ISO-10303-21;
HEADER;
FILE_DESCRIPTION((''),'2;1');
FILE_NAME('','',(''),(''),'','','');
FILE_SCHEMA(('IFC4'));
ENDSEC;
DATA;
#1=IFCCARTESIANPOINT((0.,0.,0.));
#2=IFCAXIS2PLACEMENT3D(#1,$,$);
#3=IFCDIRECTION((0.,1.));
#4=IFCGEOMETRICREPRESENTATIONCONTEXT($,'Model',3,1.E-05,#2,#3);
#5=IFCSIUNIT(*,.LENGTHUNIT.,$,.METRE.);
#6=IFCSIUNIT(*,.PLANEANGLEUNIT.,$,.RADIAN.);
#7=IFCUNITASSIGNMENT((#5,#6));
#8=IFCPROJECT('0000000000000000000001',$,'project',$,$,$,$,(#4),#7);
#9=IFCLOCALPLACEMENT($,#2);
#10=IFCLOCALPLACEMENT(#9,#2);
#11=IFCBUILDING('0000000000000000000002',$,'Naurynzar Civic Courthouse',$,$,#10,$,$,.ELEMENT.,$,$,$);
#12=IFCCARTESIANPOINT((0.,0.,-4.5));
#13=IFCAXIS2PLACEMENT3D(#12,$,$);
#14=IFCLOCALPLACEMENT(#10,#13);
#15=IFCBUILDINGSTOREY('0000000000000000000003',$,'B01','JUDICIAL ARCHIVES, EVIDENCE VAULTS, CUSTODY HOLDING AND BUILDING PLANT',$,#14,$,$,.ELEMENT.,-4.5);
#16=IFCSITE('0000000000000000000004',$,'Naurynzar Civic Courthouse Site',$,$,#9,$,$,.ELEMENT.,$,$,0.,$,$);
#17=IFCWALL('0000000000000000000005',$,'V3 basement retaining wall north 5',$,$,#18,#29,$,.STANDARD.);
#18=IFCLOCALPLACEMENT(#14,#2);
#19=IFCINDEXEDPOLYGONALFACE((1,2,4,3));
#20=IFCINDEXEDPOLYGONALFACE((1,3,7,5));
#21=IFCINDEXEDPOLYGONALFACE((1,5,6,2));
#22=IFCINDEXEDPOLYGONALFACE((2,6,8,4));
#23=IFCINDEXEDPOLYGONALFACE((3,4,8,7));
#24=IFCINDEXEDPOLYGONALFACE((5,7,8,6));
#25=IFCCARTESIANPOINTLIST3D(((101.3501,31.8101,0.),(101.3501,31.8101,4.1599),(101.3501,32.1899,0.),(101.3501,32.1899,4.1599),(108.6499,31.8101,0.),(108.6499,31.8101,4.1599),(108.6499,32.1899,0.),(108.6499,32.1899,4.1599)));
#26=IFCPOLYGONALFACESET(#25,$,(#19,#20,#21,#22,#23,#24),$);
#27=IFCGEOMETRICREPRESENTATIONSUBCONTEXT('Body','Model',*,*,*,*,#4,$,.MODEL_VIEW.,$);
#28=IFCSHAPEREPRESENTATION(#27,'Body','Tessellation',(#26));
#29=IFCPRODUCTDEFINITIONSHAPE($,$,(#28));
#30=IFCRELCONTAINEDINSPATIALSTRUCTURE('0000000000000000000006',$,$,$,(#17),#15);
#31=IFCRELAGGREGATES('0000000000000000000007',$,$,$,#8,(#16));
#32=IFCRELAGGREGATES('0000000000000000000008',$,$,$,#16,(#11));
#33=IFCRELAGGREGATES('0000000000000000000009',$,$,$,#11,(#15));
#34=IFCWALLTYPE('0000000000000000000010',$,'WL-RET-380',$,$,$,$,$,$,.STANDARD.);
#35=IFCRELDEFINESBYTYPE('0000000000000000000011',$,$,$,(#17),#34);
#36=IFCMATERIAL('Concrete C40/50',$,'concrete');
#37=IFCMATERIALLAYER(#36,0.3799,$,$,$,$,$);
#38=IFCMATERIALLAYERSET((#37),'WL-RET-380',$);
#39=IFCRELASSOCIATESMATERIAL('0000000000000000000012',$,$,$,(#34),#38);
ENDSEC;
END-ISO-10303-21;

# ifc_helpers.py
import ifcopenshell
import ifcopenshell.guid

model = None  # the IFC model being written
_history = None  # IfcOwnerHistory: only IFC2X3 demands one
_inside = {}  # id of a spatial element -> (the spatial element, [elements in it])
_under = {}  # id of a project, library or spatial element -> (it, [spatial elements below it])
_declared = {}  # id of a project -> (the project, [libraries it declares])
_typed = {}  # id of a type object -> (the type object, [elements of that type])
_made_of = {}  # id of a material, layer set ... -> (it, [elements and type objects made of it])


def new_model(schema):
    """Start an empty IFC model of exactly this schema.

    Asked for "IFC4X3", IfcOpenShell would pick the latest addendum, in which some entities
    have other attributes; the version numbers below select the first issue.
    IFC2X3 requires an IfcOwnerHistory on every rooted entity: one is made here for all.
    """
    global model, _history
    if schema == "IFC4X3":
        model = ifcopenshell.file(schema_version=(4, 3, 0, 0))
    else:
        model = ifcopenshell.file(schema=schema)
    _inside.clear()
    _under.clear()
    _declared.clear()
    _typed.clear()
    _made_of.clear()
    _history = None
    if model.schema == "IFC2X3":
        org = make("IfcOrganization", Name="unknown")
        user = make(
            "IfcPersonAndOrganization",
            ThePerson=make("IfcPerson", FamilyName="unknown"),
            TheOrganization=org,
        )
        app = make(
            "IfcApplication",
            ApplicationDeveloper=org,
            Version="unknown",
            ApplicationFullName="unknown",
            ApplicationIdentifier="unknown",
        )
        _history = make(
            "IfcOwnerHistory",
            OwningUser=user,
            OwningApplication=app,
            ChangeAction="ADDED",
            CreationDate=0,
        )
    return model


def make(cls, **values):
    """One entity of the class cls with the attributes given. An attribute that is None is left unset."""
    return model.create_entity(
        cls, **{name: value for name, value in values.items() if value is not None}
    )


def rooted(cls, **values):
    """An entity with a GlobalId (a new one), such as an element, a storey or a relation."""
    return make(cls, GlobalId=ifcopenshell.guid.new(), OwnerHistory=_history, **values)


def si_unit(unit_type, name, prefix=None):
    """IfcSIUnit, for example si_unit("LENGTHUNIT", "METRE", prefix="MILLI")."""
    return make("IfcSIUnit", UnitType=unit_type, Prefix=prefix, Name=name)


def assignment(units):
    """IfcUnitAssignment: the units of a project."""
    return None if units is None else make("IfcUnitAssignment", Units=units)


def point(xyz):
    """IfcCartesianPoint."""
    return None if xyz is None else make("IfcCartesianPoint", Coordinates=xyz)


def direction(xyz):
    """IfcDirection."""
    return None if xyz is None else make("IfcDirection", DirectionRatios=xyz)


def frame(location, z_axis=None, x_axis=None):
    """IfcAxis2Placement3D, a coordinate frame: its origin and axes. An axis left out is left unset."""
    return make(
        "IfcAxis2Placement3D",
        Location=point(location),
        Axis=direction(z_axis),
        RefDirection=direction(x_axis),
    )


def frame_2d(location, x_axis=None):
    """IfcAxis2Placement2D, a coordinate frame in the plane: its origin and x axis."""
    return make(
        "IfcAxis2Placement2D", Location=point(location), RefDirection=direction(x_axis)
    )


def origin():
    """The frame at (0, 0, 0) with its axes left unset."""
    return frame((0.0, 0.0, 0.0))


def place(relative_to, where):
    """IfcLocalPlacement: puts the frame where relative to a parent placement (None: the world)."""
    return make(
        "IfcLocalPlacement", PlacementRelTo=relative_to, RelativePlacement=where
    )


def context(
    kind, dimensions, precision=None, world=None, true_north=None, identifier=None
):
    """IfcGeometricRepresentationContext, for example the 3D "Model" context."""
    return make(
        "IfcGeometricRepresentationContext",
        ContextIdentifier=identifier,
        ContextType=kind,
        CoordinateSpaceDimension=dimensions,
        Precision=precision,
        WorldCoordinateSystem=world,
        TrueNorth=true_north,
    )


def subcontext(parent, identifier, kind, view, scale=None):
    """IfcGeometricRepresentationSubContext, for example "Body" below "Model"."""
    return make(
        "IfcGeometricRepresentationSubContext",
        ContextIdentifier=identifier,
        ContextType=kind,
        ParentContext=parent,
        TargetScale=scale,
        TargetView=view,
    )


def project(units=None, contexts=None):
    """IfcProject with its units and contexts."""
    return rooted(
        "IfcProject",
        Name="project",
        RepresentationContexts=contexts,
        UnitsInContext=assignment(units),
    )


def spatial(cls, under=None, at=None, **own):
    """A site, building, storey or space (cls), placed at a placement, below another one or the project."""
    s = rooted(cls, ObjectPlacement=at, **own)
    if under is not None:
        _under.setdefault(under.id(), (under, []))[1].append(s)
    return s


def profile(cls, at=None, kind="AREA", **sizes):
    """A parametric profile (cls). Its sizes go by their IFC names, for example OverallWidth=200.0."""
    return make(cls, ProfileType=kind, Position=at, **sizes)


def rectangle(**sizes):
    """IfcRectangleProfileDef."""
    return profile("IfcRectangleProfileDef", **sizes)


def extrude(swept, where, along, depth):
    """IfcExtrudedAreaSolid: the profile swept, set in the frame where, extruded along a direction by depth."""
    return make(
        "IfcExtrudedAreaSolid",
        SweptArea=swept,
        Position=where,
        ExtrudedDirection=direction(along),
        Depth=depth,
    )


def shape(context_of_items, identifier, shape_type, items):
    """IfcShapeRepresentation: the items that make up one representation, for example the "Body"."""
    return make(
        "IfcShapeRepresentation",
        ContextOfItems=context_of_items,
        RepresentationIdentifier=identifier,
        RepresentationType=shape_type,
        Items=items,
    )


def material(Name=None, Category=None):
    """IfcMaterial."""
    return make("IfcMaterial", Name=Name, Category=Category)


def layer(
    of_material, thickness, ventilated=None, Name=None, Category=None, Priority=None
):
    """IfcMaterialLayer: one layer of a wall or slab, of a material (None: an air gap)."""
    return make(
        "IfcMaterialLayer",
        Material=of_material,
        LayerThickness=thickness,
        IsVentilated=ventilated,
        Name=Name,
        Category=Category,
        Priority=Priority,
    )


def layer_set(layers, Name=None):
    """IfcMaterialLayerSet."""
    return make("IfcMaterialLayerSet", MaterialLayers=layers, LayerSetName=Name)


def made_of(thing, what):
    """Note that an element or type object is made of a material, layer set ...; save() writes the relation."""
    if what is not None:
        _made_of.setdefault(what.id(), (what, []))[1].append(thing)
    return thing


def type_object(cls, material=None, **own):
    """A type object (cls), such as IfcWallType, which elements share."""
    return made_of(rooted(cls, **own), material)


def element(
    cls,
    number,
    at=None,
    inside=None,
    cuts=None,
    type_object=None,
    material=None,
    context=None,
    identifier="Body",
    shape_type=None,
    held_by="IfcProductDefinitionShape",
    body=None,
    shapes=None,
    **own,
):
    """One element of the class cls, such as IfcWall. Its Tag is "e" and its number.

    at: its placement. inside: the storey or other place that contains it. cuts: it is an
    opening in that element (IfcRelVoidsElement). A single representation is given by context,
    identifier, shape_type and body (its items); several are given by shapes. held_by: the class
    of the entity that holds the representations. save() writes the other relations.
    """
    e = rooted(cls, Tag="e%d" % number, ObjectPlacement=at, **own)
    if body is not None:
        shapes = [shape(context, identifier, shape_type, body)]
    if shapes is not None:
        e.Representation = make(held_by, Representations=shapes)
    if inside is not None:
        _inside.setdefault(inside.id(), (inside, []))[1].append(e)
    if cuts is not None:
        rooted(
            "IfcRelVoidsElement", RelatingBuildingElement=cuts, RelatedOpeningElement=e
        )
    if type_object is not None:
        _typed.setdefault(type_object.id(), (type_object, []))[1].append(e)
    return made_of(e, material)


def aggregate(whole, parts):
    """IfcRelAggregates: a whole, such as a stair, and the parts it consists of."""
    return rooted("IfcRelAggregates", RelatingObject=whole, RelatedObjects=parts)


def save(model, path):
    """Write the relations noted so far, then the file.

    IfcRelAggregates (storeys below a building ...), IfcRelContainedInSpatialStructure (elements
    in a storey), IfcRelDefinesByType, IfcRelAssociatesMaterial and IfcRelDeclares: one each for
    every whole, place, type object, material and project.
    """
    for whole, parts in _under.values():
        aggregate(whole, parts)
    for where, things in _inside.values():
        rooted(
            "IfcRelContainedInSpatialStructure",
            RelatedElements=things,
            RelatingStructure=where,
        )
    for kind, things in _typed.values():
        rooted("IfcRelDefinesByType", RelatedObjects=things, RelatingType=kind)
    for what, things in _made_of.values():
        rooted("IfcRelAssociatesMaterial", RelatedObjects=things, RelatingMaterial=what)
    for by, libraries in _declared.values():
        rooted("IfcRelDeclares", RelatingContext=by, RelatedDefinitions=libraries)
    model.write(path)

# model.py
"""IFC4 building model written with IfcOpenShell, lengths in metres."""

from ifc_helpers import new_model, si_unit, direction, frame, frame_2d, origin, place, context, subcontext, project, spatial, rectangle, extrude, material, layer, layer_set, type_object, element, save


model = new_model("IFC4")

# Units and contexts
model_context = context("Model", 3, precision=1e-05, world=origin(), true_north=direction((0.0, 1.0)))
body_context = subcontext(model_context, "Body", "Model", "MODEL_VIEW")
ifc_project = project(units=[si_unit("LENGTHUNIT", "METRE"), si_unit("PLANEANGLEUNIT", "RADIAN")], contexts=[model_context])

# Site, building, storey
site_placement = place(None, origin())
site = spatial("IfcSite", under=ifc_project, at=site_placement, Name="Naurynzar Civic Courthouse Site", CompositionType="ELEMENT", RefElevation=0.0)
building_placement = place(site_placement, origin())
building = spatial("IfcBuilding", under=site, at=building_placement, Name="Naurynzar Civic Courthouse", CompositionType="ELEMENT")
storey_placement = place(building_placement, frame((0.0, 0.0, -4.5)))
storey = spatial("IfcBuildingStorey", under=building, at=storey_placement, Name="B01", Description="JUDICIAL ARCHIVES, EVIDENCE VAULTS, CUSTODY HOLDING AND BUILDING PLANT", CompositionType="ELEMENT", Elevation=-4.5)

# Wall
ifc_material_1 = material(Name="Concrete C40/50", Category="concrete")
ifc_layer_1 = layer(ifc_material_1, 0.3799)
ifc_layer_set_1 = layer_set([ifc_layer_1], Name="WL-RET-380")
wall_type_1 = type_object("IfcWallType", Name="WL-RET-380", PredefinedType="STANDARD", material=ifc_layer_set_1)
wall_1_placement = place(storey_placement, frame((101.3501, 32.0, 0.0), z_axis=(0.0, 0.0, 1.0), x_axis=(1.0, 0.0, 0.0)))
element("IfcWall", 1, at=wall_1_placement, inside=storey, type_object=wall_type_1, Name="V3 basement retaining wall north 5", PredefinedType="STANDARD", context=body_context, shape_type="SweptSolid", body=[
    extrude(rectangle(XDim=7.2998, YDim=0.3799, at=frame_2d((3.6499, 0.0))), origin(), (0.0, 0.0, 1.0), 4.1599),
])

save(model, "model.ifc")
